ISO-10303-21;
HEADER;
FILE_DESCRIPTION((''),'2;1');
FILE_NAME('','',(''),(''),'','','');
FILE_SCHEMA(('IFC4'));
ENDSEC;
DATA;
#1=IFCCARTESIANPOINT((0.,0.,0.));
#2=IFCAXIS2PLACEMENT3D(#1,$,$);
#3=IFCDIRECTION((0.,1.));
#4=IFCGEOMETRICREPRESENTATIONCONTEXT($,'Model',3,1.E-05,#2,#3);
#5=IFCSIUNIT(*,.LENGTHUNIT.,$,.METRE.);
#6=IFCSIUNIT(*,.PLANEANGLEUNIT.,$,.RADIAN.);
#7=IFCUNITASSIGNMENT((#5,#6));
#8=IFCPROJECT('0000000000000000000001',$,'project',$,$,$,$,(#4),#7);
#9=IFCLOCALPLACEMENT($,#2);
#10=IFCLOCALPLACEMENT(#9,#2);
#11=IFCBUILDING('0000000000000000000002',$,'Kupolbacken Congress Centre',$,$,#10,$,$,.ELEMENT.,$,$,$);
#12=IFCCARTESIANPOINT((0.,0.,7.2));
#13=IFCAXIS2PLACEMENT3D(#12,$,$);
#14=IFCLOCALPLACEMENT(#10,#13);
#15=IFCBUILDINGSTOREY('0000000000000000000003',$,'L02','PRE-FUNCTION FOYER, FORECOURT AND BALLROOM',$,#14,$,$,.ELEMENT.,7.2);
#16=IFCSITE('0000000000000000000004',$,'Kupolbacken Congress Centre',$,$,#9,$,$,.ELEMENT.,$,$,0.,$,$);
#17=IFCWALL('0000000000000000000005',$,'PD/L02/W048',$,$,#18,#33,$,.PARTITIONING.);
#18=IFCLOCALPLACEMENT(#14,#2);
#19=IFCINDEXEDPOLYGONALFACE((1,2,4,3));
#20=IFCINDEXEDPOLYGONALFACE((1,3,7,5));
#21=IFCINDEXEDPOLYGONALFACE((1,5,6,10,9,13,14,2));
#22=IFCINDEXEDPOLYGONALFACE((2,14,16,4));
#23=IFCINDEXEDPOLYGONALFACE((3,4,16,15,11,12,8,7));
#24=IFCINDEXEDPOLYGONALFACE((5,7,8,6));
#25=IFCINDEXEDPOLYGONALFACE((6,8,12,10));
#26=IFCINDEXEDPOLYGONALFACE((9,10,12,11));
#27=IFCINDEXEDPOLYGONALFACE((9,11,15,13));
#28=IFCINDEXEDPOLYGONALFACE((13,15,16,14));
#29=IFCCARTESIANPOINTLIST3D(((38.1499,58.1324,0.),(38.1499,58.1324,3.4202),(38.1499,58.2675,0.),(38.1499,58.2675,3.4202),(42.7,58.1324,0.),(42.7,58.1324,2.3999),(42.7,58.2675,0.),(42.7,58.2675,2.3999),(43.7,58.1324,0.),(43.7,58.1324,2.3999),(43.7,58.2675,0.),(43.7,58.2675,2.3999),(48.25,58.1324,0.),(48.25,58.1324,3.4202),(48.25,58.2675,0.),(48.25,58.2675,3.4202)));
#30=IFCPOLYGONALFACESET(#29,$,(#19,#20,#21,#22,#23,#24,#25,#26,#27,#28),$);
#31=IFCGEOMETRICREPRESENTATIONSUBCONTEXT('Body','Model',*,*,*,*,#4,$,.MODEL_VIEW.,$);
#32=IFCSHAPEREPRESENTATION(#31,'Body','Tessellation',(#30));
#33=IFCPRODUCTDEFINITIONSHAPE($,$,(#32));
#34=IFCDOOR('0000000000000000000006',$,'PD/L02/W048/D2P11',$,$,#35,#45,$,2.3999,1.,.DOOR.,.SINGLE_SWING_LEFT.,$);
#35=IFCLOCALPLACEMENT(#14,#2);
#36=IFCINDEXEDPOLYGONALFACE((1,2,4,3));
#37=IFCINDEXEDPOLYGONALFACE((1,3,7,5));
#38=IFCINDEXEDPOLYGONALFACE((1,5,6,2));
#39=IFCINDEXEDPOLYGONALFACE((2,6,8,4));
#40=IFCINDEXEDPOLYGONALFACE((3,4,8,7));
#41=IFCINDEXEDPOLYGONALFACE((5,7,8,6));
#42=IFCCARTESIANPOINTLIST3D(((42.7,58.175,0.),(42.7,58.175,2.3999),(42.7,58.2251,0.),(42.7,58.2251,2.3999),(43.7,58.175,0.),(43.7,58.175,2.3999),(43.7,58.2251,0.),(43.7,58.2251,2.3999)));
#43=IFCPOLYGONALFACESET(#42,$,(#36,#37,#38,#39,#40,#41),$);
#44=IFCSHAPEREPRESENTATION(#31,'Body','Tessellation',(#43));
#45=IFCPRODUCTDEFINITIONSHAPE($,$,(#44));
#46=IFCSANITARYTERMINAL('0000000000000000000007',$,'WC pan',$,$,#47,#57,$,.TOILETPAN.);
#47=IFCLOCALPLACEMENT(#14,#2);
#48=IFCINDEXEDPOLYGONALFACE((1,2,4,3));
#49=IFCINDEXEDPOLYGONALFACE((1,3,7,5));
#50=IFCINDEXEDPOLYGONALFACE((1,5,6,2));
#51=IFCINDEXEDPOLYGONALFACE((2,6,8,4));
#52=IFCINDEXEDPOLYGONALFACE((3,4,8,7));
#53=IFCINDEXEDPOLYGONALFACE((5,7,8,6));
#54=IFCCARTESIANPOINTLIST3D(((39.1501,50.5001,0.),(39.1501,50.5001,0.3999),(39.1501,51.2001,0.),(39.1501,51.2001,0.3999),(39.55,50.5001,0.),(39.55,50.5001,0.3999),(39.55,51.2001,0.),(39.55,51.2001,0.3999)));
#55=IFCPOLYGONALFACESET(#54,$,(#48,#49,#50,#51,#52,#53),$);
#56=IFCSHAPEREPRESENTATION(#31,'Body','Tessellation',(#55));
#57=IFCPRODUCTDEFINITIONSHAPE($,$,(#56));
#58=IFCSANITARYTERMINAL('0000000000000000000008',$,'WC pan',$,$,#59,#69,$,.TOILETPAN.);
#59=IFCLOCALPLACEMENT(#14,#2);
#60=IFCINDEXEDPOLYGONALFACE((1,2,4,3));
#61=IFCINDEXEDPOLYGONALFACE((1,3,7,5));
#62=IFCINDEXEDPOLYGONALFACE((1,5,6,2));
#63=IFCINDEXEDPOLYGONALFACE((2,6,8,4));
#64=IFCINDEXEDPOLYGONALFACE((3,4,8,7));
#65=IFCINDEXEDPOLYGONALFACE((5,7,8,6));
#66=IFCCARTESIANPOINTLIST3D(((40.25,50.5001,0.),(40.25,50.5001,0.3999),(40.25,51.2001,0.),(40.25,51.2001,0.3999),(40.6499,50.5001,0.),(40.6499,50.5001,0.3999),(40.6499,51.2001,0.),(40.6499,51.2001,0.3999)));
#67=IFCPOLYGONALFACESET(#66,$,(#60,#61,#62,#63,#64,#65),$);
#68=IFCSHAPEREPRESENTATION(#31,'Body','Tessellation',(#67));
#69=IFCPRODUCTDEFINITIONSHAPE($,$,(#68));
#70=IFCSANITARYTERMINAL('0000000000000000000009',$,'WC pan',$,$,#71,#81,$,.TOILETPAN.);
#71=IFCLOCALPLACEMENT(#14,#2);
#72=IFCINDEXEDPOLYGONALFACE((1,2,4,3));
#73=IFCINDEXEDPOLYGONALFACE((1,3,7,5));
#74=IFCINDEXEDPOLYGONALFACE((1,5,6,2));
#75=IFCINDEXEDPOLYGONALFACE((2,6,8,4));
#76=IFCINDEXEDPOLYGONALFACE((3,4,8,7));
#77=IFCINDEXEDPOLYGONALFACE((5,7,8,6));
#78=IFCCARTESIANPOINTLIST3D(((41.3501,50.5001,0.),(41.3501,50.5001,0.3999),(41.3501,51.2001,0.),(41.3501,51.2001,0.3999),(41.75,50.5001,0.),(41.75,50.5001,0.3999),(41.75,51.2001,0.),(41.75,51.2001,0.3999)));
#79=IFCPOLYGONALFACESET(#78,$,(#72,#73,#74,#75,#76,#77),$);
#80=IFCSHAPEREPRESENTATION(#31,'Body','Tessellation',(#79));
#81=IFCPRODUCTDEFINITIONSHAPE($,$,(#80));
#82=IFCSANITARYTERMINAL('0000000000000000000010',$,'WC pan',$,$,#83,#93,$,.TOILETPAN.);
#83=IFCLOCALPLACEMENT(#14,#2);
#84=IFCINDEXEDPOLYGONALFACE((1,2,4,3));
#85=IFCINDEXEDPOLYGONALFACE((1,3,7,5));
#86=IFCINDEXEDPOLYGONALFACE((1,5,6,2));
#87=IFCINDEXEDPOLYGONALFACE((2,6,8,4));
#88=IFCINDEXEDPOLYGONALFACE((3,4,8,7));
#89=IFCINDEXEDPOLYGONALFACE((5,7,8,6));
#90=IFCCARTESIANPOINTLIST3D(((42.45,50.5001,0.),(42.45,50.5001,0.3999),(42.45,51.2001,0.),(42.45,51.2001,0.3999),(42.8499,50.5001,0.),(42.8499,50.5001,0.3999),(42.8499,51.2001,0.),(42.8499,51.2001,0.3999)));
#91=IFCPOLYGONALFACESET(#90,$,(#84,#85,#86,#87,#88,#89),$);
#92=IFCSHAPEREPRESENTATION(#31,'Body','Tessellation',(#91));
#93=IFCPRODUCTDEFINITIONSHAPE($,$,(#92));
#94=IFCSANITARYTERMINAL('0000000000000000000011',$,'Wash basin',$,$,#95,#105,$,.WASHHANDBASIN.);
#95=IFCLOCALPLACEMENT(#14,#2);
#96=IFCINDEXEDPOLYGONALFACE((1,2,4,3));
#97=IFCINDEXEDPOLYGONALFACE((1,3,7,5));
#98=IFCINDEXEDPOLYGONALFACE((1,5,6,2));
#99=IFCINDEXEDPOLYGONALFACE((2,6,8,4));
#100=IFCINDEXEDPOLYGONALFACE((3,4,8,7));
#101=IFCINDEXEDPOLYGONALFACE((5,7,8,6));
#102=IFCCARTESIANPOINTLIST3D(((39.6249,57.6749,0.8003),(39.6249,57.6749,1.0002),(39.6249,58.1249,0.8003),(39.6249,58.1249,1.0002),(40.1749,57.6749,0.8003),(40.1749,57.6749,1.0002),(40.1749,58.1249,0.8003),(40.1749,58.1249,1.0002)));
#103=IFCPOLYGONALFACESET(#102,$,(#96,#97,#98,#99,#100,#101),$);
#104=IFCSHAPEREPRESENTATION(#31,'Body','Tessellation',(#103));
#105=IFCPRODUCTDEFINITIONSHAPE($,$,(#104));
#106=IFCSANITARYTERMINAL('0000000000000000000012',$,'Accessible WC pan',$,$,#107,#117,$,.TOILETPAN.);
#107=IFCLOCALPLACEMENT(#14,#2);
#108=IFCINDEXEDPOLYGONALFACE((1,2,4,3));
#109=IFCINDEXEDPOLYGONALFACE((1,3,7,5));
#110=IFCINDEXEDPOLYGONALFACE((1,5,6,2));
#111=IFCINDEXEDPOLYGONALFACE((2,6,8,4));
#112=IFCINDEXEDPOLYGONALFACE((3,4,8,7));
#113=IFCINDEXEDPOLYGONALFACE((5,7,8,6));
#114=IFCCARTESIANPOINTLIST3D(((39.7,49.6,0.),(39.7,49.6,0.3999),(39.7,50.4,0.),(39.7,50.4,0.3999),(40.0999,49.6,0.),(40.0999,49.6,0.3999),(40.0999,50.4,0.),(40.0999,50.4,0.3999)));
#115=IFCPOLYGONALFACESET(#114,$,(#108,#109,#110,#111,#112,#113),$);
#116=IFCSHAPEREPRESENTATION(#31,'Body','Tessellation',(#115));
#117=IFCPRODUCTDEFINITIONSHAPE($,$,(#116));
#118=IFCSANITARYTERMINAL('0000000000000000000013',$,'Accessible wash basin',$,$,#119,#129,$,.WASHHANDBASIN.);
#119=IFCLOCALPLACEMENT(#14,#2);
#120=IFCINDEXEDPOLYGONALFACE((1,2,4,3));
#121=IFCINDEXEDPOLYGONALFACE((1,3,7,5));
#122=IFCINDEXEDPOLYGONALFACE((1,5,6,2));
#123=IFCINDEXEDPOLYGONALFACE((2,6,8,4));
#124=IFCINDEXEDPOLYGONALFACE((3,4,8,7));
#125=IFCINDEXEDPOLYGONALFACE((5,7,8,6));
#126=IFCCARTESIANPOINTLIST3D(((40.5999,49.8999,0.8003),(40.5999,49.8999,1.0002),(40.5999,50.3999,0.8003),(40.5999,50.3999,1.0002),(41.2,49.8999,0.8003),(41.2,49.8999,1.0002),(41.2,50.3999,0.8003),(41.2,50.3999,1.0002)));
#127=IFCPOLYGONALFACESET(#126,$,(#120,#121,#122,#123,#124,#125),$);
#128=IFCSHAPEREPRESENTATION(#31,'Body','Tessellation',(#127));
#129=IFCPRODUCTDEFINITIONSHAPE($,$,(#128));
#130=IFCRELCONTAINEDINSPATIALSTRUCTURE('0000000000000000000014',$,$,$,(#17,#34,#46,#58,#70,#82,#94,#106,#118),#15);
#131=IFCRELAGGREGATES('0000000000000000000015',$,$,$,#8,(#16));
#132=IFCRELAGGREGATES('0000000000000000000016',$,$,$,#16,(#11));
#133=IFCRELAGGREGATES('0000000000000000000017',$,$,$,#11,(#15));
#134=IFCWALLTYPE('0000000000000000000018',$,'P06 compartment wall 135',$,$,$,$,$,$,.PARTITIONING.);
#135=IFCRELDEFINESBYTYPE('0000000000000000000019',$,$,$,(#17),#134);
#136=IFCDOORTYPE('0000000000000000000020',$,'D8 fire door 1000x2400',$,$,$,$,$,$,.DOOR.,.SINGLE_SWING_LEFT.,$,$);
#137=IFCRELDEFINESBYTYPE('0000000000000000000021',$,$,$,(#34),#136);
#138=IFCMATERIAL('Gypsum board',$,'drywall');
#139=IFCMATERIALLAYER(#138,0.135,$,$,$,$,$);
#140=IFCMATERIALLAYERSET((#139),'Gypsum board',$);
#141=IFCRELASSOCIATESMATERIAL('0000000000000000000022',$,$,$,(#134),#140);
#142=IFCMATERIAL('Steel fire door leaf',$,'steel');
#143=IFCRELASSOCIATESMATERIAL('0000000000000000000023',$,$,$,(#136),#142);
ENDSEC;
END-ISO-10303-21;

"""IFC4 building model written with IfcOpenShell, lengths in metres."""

from ifc_helpers import new_model, si_unit, direction, frame, frame_2d, origin, origin_2d, place, context, subcontext, project, spatial, rectangle, extrude, material, layer, layer_set, type_object, element, fill, save


model = new_model("IFC4")

# Units and contexts
model_context = context("Model", 3, precision=1e-05, world=origin(), true_north=direction((0.0, 1.0)))
body_context = subcontext(model_context, "Body", "Model", "MODEL_VIEW")
ifc_project = project(units=[si_unit("LENGTHUNIT", "METRE"), si_unit("PLANEANGLEUNIT", "RADIAN")], contexts=[model_context])

# Site, building, storey
site_placement = place(None, origin())
site = spatial("IfcSite", under=ifc_project, at=site_placement, Name="Kupolbacken Congress Centre", CompositionType="ELEMENT", RefElevation=0.0)
building_placement = place(site_placement, origin())
building = spatial("IfcBuilding", under=site, at=building_placement, Name="Kupolbacken Congress Centre", CompositionType="ELEMENT")
storey_placement = place(building_placement, frame((0.0, 0.0, 7.2)))
storey = spatial("IfcBuildingStorey", under=building, at=storey_placement, Name="L02", Description="PRE-FUNCTION FOYER, FORECOURT AND BALLROOM", CompositionType="ELEMENT", Elevation=7.2)

# Shared definitions
ifc_material_1 = material(Name="Gypsum board", Category="drywall")
ifc_layer_1 = layer(ifc_material_1, 0.135)
ifc_layer_set_1 = layer_set([ifc_layer_1], Name="Gypsum board")
wall_type_1 = type_object("IfcWallType", Name="P06 compartment wall 135", PredefinedType="PARTITIONING", material=ifc_layer_set_1)

# Wall, opening, door
wall_1_placement = place(storey_placement, frame((38.1499, 58.2, 0.0), z_axis=(0.0, 0.0, 1.0), x_axis=(1.0, 0.0, 0.0)))
wall_1 = element("IfcWall", 1, at=wall_1_placement, inside=storey, type_object=wall_type_1, Name="PD/L02/W048", PredefinedType="PARTITIONING", context=body_context, shape_type="SweptSolid", body=[
    extrude(rectangle(XDim=10.1001, YDim=0.135, at=frame_2d((5.05, 0.0))), origin(), (0.0, 0.0, 1.0), 3.4202),
])
opening_1_placement = place(wall_1_placement, frame((4.55, 0.0, 0.0)))
opening_1 = element("IfcOpeningElement", 2, at=opening_1_placement, cuts=wall_1, PredefinedType="OPENING", context=body_context, shape_type="SweptSolid", body=[
    extrude(rectangle(XDim=1.0, YDim=2.3999, at=frame_2d((0.5, 1.2))), frame((0.0, 0.0774, 0.0), z_axis=(0.0, -1.0, 0.0), x_axis=(1.0, 0.0, 0.0)), (0.0, 0.0, 1.0), 0.155),
])
ifc_material_2 = material(Name="Steel fire door leaf", Category="steel")
door_type_1 = type_object("IfcDoorType", Name="D8 fire door 1000x2400", OperationType="SINGLE_SWING_LEFT", PredefinedType="DOOR", material=ifc_material_2)
door_1_placement = place(opening_1_placement, frame((1.0, 0.0, 0.0), z_axis=(0.0, 0.0, 1.0), x_axis=(-1.0, 0.0, 0.0)))
door_1 = element("IfcDoor", 3, at=door_1_placement, inside=storey, type_object=door_type_1, Name="PD/L02/W048/D2P11", OperationType="SINGLE_SWING_LEFT", OverallHeight=2.3999, OverallWidth=1.0, PredefinedType="DOOR", context=body_context, shape_type="SweptSolid", body=[
    extrude(rectangle(XDim=1.0, YDim=2.3999, at=frame_2d((0.5, 1.2))), frame((0.0, 0.0249, 0.0), z_axis=(0.0, -1.0, 0.0), x_axis=(1.0, 0.0, 0.0)), (0.0, 0.0, 1.0), 0.05),
])
fill(opening_1, door_1)

# Sanitary terminals
for number, where, z_axis, x_axis, name in (
    (4, (39.3501, 50.8501, 0.0), (0.0, 0.0, 1.0), (1.0, 0.0, 0.0), "WC pan"),
    (5, (40.45, 50.8501, 0.0), (0.0, 0.0, 1.0), (1.0, 0.0, 0.0), "WC pan"),
    (6, (41.55, 50.8501, 0.0), (0.0, 0.0, 1.0), (1.0, 0.0, 0.0), "WC pan"),
    (7, (42.6499, 50.8501, 0.0), (0.0, 0.0, 1.0), (1.0, 0.0, 0.0), "WC pan"),
):
    element("IfcSanitaryTerminal", number, at=place(storey_placement, frame(where, z_axis=z_axis, x_axis=x_axis)), inside=storey, Name=name, PredefinedType="TOILETPAN", context=body_context, shape_type="SweptSolid", body=[
        extrude(rectangle(XDim=0.3999, YDim=0.7, at=origin_2d()), origin(), (0.0, 0.0, 1.0), 0.3999),
    ])
sanitary_terminal_1_placement = place(storey_placement, frame((39.8999, 57.8999, 0.8003), z_axis=(0.0, 0.0, 1.0), x_axis=(1.0, 0.0, 0.0)))
element("IfcSanitaryTerminal", 8, at=sanitary_terminal_1_placement, inside=storey, Name="Wash basin", PredefinedType="WASHHANDBASIN", context=body_context, shape_type="SweptSolid", body=[
    extrude(rectangle(XDim=0.55, YDim=0.45, at=origin_2d()), origin(), (0.0, 0.0, 1.0), 0.2),
])
sanitary_terminal_2_placement = place(storey_placement, frame((39.8999, 50.0, 0.0), z_axis=(0.0, 0.0, 1.0), x_axis=(1.0, 0.0, 0.0)))
element("IfcSanitaryTerminal", 9, at=sanitary_terminal_2_placement, inside=storey, Name="Accessible WC pan", PredefinedType="TOILETPAN", context=body_context, shape_type="SweptSolid", body=[
    extrude(rectangle(XDim=0.3999, YDim=0.8, at=origin_2d()), origin(), (0.0, 0.0, 1.0), 0.3999),
])
sanitary_terminal_3_placement = place(storey_placement, frame((40.8999, 50.1499, 0.8003), z_axis=(0.0, 0.0, 1.0), x_axis=(1.0, 0.0, 0.0)))
element("IfcSanitaryTerminal", 10, at=sanitary_terminal_3_placement, inside=storey, Name="Accessible wash basin", PredefinedType="WASHHANDBASIN", context=body_context, shape_type="SweptSolid", body=[
    extrude(rectangle(XDim=0.6001, YDim=0.5, at=origin_2d()), origin(), (0.0, 0.0, 1.0), 0.2),
])

save(model, "model.ifc")
